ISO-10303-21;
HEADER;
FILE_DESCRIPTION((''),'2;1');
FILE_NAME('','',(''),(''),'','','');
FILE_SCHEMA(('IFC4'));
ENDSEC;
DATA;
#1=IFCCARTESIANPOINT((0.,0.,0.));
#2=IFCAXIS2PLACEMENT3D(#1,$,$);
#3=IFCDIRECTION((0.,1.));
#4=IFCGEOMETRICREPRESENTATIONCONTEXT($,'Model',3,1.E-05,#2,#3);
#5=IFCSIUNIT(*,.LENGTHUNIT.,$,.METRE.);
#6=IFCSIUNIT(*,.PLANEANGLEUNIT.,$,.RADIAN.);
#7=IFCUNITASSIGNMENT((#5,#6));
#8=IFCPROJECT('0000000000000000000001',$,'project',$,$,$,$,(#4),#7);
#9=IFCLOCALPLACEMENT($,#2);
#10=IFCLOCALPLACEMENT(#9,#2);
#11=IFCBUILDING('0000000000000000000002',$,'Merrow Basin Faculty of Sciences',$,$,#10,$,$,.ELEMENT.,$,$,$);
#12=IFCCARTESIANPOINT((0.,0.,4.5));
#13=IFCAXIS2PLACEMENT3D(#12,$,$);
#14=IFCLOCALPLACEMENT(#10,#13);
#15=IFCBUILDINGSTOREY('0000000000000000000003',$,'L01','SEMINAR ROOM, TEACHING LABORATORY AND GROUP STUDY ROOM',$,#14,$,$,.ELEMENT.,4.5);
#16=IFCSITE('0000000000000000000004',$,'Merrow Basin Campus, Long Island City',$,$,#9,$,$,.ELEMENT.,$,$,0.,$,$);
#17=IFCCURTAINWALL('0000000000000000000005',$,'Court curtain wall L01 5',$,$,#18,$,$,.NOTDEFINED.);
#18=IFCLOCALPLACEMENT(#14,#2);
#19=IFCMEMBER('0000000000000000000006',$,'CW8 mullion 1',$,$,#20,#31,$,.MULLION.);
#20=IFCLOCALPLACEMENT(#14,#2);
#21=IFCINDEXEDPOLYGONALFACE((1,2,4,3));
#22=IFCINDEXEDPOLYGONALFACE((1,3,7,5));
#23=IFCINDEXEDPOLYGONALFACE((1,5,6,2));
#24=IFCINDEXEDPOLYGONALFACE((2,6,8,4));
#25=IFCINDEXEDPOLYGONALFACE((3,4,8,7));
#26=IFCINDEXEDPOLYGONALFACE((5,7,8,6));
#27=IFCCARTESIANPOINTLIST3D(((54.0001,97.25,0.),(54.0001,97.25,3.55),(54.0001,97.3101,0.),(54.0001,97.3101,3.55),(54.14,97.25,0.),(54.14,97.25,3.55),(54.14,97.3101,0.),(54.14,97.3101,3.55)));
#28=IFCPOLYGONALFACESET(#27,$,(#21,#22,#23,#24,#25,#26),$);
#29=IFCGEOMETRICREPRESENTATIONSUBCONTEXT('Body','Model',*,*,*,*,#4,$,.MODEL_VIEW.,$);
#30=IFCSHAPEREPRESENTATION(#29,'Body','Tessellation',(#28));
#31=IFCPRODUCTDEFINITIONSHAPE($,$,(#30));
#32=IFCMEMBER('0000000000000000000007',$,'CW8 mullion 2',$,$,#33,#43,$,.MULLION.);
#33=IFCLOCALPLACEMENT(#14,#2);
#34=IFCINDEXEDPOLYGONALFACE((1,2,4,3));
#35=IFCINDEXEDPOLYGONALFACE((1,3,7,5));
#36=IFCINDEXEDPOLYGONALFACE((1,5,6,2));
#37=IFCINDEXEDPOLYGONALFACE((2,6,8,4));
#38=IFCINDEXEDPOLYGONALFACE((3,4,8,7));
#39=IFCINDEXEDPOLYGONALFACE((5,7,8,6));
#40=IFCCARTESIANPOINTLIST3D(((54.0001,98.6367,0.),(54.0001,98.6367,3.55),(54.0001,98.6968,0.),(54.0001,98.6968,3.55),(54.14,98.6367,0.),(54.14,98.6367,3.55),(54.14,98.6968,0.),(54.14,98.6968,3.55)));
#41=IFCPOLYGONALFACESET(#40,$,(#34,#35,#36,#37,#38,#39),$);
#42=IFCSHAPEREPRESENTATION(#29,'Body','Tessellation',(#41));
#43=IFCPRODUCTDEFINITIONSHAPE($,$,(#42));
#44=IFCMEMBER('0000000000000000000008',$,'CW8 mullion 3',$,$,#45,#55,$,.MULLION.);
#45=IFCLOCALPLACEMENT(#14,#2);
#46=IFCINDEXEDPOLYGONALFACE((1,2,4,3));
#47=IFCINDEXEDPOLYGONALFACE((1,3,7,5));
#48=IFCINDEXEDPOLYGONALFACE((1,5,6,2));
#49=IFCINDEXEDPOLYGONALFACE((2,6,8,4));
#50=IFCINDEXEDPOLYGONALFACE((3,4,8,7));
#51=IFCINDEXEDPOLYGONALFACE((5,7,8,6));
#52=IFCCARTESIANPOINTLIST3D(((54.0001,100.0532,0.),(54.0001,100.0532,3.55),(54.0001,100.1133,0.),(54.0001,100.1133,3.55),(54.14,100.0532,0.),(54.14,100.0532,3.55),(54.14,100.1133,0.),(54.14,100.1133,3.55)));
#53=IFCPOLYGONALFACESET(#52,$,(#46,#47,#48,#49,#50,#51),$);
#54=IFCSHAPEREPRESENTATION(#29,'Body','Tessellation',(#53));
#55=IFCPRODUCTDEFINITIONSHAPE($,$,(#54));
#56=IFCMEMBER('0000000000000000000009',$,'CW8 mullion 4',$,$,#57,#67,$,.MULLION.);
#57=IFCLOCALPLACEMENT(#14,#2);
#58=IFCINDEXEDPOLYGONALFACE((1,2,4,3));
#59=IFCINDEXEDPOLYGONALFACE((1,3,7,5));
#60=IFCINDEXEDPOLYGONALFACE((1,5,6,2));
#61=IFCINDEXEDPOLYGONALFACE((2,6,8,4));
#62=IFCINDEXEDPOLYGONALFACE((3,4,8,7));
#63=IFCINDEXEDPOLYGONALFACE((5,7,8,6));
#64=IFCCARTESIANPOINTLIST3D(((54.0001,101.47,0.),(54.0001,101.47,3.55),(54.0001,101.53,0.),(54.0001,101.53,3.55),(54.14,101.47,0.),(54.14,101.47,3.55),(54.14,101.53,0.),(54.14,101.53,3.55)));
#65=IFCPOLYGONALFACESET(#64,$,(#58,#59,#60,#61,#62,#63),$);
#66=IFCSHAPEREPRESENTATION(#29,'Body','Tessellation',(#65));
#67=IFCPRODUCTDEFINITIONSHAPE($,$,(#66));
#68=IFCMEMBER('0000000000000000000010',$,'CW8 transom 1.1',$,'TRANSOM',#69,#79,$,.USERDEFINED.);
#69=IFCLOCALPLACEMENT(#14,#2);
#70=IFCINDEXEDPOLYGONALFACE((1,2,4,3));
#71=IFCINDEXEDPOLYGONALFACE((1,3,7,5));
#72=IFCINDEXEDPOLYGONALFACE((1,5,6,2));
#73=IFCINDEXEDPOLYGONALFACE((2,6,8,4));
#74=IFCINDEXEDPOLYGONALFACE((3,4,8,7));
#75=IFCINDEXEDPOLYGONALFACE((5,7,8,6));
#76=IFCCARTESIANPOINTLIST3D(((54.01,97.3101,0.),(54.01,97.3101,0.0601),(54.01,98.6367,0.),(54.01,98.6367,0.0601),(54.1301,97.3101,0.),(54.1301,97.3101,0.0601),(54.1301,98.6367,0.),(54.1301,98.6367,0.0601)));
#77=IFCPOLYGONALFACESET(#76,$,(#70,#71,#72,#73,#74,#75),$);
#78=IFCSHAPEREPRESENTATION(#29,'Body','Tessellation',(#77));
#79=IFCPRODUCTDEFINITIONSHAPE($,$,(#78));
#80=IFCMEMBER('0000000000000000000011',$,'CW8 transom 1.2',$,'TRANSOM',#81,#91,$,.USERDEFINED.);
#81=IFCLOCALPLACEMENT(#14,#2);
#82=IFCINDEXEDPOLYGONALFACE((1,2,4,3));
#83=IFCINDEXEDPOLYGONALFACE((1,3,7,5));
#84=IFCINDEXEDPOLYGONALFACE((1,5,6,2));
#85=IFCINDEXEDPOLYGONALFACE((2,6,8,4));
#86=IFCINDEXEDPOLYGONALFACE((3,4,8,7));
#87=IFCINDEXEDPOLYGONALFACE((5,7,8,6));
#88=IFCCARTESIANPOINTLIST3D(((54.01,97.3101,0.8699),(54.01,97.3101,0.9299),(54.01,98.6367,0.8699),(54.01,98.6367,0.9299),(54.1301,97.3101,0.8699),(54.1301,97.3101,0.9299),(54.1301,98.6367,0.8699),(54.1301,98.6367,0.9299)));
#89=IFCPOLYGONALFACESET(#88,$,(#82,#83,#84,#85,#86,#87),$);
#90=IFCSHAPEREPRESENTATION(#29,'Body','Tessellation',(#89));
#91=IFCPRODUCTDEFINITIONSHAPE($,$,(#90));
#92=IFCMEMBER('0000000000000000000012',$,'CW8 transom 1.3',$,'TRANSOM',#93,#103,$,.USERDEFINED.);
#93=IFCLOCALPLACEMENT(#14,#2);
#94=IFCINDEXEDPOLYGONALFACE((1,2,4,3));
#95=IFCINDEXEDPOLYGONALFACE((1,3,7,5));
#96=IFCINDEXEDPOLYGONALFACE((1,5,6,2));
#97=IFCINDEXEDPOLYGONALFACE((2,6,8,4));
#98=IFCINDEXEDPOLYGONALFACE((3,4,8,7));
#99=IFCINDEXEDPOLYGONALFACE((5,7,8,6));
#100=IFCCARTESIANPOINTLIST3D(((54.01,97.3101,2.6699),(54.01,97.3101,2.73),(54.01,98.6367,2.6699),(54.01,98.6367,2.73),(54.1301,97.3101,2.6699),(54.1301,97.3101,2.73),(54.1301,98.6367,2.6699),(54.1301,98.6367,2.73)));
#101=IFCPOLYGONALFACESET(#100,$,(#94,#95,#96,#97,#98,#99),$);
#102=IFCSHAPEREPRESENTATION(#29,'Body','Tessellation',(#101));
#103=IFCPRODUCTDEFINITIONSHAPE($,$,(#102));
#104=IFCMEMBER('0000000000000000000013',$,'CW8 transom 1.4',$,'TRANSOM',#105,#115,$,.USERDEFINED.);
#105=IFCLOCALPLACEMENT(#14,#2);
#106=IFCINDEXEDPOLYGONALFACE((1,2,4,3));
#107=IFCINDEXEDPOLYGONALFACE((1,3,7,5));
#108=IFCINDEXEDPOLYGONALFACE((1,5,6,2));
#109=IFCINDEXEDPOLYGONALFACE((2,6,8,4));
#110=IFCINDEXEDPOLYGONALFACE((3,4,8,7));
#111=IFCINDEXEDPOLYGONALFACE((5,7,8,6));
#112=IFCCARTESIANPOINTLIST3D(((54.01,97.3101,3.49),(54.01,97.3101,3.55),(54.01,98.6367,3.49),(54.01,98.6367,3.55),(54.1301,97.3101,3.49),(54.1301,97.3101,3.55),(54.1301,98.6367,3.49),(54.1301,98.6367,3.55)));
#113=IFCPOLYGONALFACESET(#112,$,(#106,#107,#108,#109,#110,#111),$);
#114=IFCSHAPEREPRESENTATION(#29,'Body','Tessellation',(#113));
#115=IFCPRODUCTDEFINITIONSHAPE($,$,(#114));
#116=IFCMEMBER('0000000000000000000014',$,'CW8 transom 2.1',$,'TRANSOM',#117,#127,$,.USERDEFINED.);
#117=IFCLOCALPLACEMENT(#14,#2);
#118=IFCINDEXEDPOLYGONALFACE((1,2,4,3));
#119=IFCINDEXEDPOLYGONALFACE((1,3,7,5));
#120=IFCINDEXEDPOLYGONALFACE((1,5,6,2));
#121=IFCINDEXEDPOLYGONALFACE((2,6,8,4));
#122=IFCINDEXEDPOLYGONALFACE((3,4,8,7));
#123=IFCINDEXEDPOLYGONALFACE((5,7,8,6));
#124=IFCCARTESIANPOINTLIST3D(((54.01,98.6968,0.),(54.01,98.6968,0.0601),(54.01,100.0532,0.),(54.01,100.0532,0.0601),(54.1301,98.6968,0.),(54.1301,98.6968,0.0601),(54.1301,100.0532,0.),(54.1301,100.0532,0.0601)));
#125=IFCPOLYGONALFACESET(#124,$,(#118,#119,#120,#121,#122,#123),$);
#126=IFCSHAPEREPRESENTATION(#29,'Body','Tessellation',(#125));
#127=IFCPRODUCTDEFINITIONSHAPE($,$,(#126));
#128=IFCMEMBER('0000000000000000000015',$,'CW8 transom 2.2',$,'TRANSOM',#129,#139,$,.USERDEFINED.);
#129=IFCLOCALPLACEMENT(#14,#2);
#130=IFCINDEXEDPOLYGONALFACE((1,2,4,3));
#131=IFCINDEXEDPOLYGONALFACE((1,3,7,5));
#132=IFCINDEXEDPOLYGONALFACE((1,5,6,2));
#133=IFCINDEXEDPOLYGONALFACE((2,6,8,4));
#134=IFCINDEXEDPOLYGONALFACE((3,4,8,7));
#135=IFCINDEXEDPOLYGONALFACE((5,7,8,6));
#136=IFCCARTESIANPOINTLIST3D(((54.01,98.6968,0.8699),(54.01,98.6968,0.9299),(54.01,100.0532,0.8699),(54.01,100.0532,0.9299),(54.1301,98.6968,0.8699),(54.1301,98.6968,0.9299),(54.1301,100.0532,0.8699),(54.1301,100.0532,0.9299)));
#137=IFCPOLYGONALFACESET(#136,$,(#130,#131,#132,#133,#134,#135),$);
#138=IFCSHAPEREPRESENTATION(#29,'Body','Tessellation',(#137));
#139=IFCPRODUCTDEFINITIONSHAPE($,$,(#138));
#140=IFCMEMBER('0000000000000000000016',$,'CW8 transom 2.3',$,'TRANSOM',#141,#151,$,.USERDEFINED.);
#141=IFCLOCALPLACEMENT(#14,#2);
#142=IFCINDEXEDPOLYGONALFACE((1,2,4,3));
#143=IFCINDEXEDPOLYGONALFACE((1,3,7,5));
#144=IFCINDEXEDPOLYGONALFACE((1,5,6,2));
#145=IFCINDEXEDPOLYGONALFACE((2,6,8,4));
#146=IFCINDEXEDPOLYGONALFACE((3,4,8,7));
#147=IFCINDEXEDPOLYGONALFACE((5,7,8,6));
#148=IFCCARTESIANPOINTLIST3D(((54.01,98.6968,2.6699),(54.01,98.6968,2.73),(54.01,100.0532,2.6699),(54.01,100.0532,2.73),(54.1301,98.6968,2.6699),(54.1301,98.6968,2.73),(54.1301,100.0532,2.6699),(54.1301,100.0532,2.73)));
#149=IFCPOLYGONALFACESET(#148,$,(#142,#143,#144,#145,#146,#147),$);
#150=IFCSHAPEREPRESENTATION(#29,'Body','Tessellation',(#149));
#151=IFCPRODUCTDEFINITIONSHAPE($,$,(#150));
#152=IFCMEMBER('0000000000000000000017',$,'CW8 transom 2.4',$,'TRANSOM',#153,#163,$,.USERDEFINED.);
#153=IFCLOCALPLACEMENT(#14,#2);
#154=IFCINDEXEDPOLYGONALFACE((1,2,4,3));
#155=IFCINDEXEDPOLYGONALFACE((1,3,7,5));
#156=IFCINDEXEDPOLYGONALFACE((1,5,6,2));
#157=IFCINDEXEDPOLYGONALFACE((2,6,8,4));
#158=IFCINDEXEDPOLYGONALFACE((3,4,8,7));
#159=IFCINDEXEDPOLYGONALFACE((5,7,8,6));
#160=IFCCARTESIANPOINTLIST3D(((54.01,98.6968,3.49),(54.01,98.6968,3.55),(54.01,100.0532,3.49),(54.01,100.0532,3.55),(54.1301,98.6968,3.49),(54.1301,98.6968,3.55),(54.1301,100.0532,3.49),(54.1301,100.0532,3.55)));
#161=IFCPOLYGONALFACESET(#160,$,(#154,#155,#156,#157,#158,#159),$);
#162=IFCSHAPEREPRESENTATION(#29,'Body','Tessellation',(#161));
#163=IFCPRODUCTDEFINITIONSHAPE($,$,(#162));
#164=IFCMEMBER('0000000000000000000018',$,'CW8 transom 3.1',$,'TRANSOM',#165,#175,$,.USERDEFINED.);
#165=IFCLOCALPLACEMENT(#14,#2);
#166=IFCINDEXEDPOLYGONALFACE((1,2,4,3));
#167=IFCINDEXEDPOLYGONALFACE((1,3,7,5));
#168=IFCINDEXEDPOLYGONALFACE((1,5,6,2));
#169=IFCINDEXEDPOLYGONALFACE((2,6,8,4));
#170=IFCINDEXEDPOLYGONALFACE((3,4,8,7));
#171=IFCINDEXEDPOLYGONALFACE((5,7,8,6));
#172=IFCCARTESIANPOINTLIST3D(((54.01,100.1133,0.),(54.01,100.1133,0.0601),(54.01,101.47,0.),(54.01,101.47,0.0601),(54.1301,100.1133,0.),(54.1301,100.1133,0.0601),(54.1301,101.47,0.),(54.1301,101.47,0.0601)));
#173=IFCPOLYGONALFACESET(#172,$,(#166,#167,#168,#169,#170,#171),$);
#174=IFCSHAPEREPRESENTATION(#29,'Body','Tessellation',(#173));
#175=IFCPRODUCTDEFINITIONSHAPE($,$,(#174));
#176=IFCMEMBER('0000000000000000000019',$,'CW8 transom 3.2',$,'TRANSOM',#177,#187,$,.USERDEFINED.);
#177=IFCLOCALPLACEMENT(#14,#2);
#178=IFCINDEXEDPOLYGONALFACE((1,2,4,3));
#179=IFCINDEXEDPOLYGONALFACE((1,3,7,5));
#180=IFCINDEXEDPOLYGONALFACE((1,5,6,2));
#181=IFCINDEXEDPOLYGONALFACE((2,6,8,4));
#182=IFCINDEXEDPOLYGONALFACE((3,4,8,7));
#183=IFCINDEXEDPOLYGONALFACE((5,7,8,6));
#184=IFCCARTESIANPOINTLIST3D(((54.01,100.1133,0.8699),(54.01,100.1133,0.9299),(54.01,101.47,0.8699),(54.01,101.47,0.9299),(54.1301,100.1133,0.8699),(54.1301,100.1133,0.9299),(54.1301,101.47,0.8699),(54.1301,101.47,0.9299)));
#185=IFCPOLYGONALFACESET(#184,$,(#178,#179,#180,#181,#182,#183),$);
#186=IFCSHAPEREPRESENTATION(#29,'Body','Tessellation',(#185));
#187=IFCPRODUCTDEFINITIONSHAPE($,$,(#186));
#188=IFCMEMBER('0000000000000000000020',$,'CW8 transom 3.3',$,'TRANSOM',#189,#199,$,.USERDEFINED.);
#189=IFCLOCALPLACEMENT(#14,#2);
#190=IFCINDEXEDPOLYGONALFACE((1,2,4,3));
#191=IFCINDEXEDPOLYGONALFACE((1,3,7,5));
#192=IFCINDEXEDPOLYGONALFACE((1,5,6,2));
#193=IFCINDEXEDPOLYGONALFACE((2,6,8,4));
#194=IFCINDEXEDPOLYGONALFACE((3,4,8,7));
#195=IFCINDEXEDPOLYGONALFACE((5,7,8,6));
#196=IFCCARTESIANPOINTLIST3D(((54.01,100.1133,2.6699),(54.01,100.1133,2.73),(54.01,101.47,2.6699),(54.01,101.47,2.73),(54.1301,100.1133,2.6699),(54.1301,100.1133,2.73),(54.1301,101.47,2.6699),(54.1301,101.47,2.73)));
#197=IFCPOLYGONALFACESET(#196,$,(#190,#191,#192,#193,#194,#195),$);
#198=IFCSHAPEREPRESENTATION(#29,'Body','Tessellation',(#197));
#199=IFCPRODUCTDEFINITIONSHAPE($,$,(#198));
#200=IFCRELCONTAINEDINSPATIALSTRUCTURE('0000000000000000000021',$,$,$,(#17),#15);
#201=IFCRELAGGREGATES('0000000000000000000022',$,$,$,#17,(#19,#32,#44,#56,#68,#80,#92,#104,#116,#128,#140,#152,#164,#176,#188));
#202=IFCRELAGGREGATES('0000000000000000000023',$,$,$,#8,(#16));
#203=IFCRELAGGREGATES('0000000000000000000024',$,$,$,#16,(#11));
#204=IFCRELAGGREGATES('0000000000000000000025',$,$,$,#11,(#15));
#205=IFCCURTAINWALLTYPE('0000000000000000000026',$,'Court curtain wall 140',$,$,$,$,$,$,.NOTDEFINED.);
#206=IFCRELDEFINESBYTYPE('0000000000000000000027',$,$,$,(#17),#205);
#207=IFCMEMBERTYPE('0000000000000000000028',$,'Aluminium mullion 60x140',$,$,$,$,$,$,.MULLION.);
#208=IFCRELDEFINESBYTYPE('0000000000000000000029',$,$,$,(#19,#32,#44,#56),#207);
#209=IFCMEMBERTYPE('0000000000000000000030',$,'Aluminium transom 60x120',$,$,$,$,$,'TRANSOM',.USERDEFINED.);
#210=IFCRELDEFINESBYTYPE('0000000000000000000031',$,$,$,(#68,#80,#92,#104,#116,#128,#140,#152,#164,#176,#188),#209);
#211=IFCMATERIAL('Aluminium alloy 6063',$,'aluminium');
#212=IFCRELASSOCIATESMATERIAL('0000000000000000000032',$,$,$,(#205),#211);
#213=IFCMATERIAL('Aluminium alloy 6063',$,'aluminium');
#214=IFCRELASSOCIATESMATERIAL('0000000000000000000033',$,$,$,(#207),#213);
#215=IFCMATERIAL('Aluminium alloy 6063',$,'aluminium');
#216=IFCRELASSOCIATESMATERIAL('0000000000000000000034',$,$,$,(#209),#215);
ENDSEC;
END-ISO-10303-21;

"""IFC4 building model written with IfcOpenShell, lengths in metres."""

from ifc_helpers import new_model, si_unit, direction, frame, origin, origin_2d, place, context, subcontext, project, spatial, rectangle, extrude, material, material_profile, profile_set, type_object, element, aggregate, save


model = new_model("IFC4")

# Units and contexts
model_context = context("Model", 3, precision=1e-05, world=origin(), true_north=direction((0.0, 1.0)))
body_context = subcontext(model_context, "Body", "Model", "MODEL_VIEW")
ifc_project = project(units=[si_unit("LENGTHUNIT", "METRE"), si_unit("PLANEANGLEUNIT", "RADIAN")], contexts=[model_context])

# Site, building, storey
site_placement = place(None, origin())
site = spatial("IfcSite", under=ifc_project, at=site_placement, Name="Merrow Basin Campus, Long Island City", CompositionType="ELEMENT", RefElevation=0.0)
building_placement = place(site_placement, origin())
building = spatial("IfcBuilding", under=site, at=building_placement, Name="Merrow Basin Faculty of Sciences", CompositionType="ELEMENT")
storey_placement = place(building_placement, frame((0.0, 0.0, 4.5)))
storey = spatial("IfcBuildingStorey", under=building, at=storey_placement, Name="L01", Description="SEMINAR ROOM, TEACHING LABORATORY AND GROUP STUDY ROOM", CompositionType="ELEMENT", Elevation=4.5)

# Curtain wall, members
ifc_material_1 = material(Name="Aluminium alloy 6063", Category="aluminium")
curtain_wall_type = type_object("IfcCurtainWallType", Name="Court curtain wall 140", PredefinedType="NOTDEFINED", material=ifc_material_1)
curtain_wall_placement = place(storey_placement, origin())
curtain_wall = element("IfcCurtainWall", 1, at=curtain_wall_placement, inside=storey, type_object=curtain_wall_type, Name="Court curtain wall L01 5", PredefinedType="NOTDEFINED")
ifc_material_2 = material(Name="Aluminium alloy 6063", Category="aluminium")
ifc_material_profile_1 = material_profile(ifc_material_2, rectangle(XDim=0.1399, YDim=0.0601, at=origin_2d()))
ifc_profile_set_1 = profile_set([ifc_material_profile_1], Name="Aluminium alloy 6063")
member_type_1 = type_object("IfcMemberType", Name="Aluminium mullion 60x140", PredefinedType="MULLION", material=ifc_profile_set_1)
member_1_placement = place(storey_placement, frame((54.0701, 97.28, 0.0), z_axis=(0.0, 0.0, 1.0), x_axis=(-1.0, 0.0, 0.0)))
member_1 = element("IfcMember", 2, at=member_1_placement, type_object=member_type_1, Name="CW8 mullion 1", PredefinedType="MULLION", context=body_context, shape_type="SweptSolid", body=[
    extrude(rectangle(XDim=0.1399, YDim=0.0601, at=origin_2d()), origin(), (0.0, 0.0, 1.0), 3.55),
])
member_2_placement = place(storey_placement, frame((54.0701, 98.6667, 0.0), z_axis=(0.0, 0.0, 1.0), x_axis=(-1.0, 0.0, 0.0)))
member_2 = element("IfcMember", 3, at=member_2_placement, type_object=member_type_1, Name="CW8 mullion 2", PredefinedType="MULLION", context=body_context, shape_type="SweptSolid", body=[
    extrude(rectangle(XDim=0.1399, YDim=0.0601, at=origin_2d()), origin(), (0.0, 0.0, 1.0), 3.55),
])
member_3_placement = place(storey_placement, frame((54.0701, 100.0833, 0.0), z_axis=(0.0, 0.0, 1.0), x_axis=(-1.0, 0.0, 0.0)))
member_3 = element("IfcMember", 4, at=member_3_placement, type_object=member_type_1, Name="CW8 mullion 3", PredefinedType="MULLION", context=body_context, shape_type="SweptSolid", body=[
    extrude(rectangle(XDim=0.1399, YDim=0.0601, at=origin_2d()), origin(), (0.0, 0.0, 1.0), 3.55),
])
member_4_placement = place(storey_placement, frame((54.0701, 101.5, 0.0), z_axis=(0.0, 0.0, 1.0), x_axis=(-1.0, 0.0, 0.0)))
member_4 = element("IfcMember", 5, at=member_4_placement, type_object=member_type_1, Name="CW8 mullion 4", PredefinedType="MULLION", context=body_context, shape_type="SweptSolid", body=[
    extrude(rectangle(XDim=0.1399, YDim=0.0601, at=origin_2d()), origin(), (0.0, 0.0, 1.0), 3.55),
])
ifc_material_3 = material(Name="Aluminium alloy 6063", Category="aluminium")
ifc_material_profile_2 = material_profile(ifc_material_3, rectangle(XDim=0.1201, YDim=0.0601, at=origin_2d()))
ifc_profile_set_2 = profile_set([ifc_material_profile_2], Name="Aluminium alloy 6063")
member_type_2 = type_object("IfcMemberType", Name="Aluminium transom 60x120", ElementType="TRANSOM", PredefinedType="USERDEFINED", material=ifc_profile_set_2)
member_5_placement = place(storey_placement, frame((54.0701, 97.3101, 0.03), z_axis=(0.0, 1.0, 0.0), x_axis=(-1.0, 0.0, 0.0)))
member_5 = element("IfcMember", 6, at=member_5_placement, type_object=member_type_2, Name="CW8 transom 1.1", ObjectType="TRANSOM", PredefinedType="USERDEFINED", context=body_context, shape_type="SweptSolid", body=[
    extrude(rectangle(XDim=0.1201, YDim=0.0601, at=origin_2d()), origin(), (0.0, 0.0, 1.0), 1.3267),
])
member_6_placement = place(storey_placement, frame((54.0701, 97.3101, 0.8999), z_axis=(0.0, 1.0, 0.0), x_axis=(-1.0, 0.0, 0.0)))
member_6 = element("IfcMember", 7, at=member_6_placement, type_object=member_type_2, Name="CW8 transom 1.2", ObjectType="TRANSOM", PredefinedType="USERDEFINED", context=body_context, shape_type="SweptSolid", body=[
    extrude(rectangle(XDim=0.1201, YDim=0.0601, at=origin_2d()), origin(), (0.0, 0.0, 1.0), 1.3267),
])
member_7_placement = place(storey_placement, frame((54.0701, 97.3101, 2.7), z_axis=(0.0, 1.0, 0.0), x_axis=(-1.0, 0.0, 0.0)))
member_7 = element("IfcMember", 8, at=member_7_placement, type_object=member_type_2, Name="CW8 transom 1.3", ObjectType="TRANSOM", PredefinedType="USERDEFINED", context=body_context, shape_type="SweptSolid", body=[
    extrude(rectangle(XDim=0.1201, YDim=0.0601, at=origin_2d()), origin(), (0.0, 0.0, 1.0), 1.3267),
])
member_8_placement = place(storey_placement, frame((54.0701, 97.3101, 3.52), z_axis=(0.0, 1.0, 0.0), x_axis=(-1.0, 0.0, 0.0)))
member_8 = element("IfcMember", 9, at=member_8_placement, type_object=member_type_2, Name="CW8 transom 1.4", ObjectType="TRANSOM", PredefinedType="USERDEFINED", context=body_context, shape_type="SweptSolid", body=[
    extrude(rectangle(XDim=0.1201, YDim=0.0601, at=origin_2d()), origin(), (0.0, 0.0, 1.0), 1.3267),
])
member_9_placement = place(storey_placement, frame((54.0701, 98.6968, 0.03), z_axis=(0.0, 1.0, 0.0), x_axis=(-1.0, 0.0, 0.0)))
member_9 = element("IfcMember", 10, at=member_9_placement, type_object=member_type_2, Name="CW8 transom 2.1", ObjectType="TRANSOM", PredefinedType="USERDEFINED", context=body_context, shape_type="SweptSolid", body=[
    extrude(rectangle(XDim=0.1201, YDim=0.0601, at=origin_2d()), origin(), (0.0, 0.0, 1.0), 1.3564),
])
member_10_placement = place(storey_placement, frame((54.0701, 98.6968, 0.8999), z_axis=(0.0, 1.0, 0.0), x_axis=(-1.0, 0.0, 0.0)))
member_10 = element("IfcMember", 11, at=member_10_placement, type_object=member_type_2, Name="CW8 transom 2.2", ObjectType="TRANSOM", PredefinedType="USERDEFINED", context=body_context, shape_type="SweptSolid", body=[
    extrude(rectangle(XDim=0.1201, YDim=0.0601, at=origin_2d()), origin(), (0.0, 0.0, 1.0), 1.3564),
])
member_11_placement = place(storey_placement, frame((54.0701, 98.6968, 2.7), z_axis=(0.0, 1.0, 0.0), x_axis=(-1.0, 0.0, 0.0)))
member_11 = element("IfcMember", 12, at=member_11_placement, type_object=member_type_2, Name="CW8 transom 2.3", ObjectType="TRANSOM", PredefinedType="USERDEFINED", context=body_context, shape_type="SweptSolid", body=[
    extrude(rectangle(XDim=0.1201, YDim=0.0601, at=origin_2d()), origin(), (0.0, 0.0, 1.0), 1.3564),
])
member_12_placement = place(storey_placement, frame((54.0701, 98.6968, 3.52), z_axis=(0.0, 1.0, 0.0), x_axis=(-1.0, 0.0, 0.0)))
member_12 = element("IfcMember", 13, at=member_12_placement, type_object=member_type_2, Name="CW8 transom 2.4", ObjectType="TRANSOM", PredefinedType="USERDEFINED", context=body_context, shape_type="SweptSolid", body=[
    extrude(rectangle(XDim=0.1201, YDim=0.0601, at=origin_2d()), origin(), (0.0, 0.0, 1.0), 1.3564),
])
member_13_placement = place(storey_placement, frame((54.0701, 100.1133, 0.03), z_axis=(0.0, 1.0, 0.0), x_axis=(-1.0, 0.0, 0.0)))
member_13 = element("IfcMember", 14, at=member_13_placement, type_object=member_type_2, Name="CW8 transom 3.1", ObjectType="TRANSOM", PredefinedType="USERDEFINED", context=body_context, shape_type="SweptSolid", body=[
    extrude(rectangle(XDim=0.1201, YDim=0.0601, at=origin_2d()), origin(), (0.0, 0.0, 1.0), 1.3567),
])
member_14_placement = place(storey_placement, frame((54.0701, 100.1133, 0.8999), z_axis=(0.0, 1.0, 0.0), x_axis=(-1.0, 0.0, 0.0)))
member_14 = element("IfcMember", 15, at=member_14_placement, type_object=member_type_2, Name="CW8 transom 3.2", ObjectType="TRANSOM", PredefinedType="USERDEFINED", context=body_context, shape_type="SweptSolid", body=[
    extrude(rectangle(XDim=0.1201, YDim=0.0601, at=origin_2d()), origin(), (0.0, 0.0, 1.0), 1.3567),
])
member_15_placement = place(storey_placement, frame((54.0701, 100.1133, 2.7), z_axis=(0.0, 1.0, 0.0), x_axis=(-1.0, 0.0, 0.0)))
member_15 = element("IfcMember", 16, at=member_15_placement, type_object=member_type_2, Name="CW8 transom 3.3", ObjectType="TRANSOM", PredefinedType="USERDEFINED", context=body_context, shape_type="SweptSolid", body=[
    extrude(rectangle(XDim=0.1201, YDim=0.0601, at=origin_2d()), origin(), (0.0, 0.0, 1.0), 1.3567),
])

aggregate(curtain_wall, [member_1, member_2, member_3, member_4, member_5, member_6, member_7, member_8, member_9, member_10, member_11, member_12, member_13, member_14, member_15])

save(model, "model.ifc")
